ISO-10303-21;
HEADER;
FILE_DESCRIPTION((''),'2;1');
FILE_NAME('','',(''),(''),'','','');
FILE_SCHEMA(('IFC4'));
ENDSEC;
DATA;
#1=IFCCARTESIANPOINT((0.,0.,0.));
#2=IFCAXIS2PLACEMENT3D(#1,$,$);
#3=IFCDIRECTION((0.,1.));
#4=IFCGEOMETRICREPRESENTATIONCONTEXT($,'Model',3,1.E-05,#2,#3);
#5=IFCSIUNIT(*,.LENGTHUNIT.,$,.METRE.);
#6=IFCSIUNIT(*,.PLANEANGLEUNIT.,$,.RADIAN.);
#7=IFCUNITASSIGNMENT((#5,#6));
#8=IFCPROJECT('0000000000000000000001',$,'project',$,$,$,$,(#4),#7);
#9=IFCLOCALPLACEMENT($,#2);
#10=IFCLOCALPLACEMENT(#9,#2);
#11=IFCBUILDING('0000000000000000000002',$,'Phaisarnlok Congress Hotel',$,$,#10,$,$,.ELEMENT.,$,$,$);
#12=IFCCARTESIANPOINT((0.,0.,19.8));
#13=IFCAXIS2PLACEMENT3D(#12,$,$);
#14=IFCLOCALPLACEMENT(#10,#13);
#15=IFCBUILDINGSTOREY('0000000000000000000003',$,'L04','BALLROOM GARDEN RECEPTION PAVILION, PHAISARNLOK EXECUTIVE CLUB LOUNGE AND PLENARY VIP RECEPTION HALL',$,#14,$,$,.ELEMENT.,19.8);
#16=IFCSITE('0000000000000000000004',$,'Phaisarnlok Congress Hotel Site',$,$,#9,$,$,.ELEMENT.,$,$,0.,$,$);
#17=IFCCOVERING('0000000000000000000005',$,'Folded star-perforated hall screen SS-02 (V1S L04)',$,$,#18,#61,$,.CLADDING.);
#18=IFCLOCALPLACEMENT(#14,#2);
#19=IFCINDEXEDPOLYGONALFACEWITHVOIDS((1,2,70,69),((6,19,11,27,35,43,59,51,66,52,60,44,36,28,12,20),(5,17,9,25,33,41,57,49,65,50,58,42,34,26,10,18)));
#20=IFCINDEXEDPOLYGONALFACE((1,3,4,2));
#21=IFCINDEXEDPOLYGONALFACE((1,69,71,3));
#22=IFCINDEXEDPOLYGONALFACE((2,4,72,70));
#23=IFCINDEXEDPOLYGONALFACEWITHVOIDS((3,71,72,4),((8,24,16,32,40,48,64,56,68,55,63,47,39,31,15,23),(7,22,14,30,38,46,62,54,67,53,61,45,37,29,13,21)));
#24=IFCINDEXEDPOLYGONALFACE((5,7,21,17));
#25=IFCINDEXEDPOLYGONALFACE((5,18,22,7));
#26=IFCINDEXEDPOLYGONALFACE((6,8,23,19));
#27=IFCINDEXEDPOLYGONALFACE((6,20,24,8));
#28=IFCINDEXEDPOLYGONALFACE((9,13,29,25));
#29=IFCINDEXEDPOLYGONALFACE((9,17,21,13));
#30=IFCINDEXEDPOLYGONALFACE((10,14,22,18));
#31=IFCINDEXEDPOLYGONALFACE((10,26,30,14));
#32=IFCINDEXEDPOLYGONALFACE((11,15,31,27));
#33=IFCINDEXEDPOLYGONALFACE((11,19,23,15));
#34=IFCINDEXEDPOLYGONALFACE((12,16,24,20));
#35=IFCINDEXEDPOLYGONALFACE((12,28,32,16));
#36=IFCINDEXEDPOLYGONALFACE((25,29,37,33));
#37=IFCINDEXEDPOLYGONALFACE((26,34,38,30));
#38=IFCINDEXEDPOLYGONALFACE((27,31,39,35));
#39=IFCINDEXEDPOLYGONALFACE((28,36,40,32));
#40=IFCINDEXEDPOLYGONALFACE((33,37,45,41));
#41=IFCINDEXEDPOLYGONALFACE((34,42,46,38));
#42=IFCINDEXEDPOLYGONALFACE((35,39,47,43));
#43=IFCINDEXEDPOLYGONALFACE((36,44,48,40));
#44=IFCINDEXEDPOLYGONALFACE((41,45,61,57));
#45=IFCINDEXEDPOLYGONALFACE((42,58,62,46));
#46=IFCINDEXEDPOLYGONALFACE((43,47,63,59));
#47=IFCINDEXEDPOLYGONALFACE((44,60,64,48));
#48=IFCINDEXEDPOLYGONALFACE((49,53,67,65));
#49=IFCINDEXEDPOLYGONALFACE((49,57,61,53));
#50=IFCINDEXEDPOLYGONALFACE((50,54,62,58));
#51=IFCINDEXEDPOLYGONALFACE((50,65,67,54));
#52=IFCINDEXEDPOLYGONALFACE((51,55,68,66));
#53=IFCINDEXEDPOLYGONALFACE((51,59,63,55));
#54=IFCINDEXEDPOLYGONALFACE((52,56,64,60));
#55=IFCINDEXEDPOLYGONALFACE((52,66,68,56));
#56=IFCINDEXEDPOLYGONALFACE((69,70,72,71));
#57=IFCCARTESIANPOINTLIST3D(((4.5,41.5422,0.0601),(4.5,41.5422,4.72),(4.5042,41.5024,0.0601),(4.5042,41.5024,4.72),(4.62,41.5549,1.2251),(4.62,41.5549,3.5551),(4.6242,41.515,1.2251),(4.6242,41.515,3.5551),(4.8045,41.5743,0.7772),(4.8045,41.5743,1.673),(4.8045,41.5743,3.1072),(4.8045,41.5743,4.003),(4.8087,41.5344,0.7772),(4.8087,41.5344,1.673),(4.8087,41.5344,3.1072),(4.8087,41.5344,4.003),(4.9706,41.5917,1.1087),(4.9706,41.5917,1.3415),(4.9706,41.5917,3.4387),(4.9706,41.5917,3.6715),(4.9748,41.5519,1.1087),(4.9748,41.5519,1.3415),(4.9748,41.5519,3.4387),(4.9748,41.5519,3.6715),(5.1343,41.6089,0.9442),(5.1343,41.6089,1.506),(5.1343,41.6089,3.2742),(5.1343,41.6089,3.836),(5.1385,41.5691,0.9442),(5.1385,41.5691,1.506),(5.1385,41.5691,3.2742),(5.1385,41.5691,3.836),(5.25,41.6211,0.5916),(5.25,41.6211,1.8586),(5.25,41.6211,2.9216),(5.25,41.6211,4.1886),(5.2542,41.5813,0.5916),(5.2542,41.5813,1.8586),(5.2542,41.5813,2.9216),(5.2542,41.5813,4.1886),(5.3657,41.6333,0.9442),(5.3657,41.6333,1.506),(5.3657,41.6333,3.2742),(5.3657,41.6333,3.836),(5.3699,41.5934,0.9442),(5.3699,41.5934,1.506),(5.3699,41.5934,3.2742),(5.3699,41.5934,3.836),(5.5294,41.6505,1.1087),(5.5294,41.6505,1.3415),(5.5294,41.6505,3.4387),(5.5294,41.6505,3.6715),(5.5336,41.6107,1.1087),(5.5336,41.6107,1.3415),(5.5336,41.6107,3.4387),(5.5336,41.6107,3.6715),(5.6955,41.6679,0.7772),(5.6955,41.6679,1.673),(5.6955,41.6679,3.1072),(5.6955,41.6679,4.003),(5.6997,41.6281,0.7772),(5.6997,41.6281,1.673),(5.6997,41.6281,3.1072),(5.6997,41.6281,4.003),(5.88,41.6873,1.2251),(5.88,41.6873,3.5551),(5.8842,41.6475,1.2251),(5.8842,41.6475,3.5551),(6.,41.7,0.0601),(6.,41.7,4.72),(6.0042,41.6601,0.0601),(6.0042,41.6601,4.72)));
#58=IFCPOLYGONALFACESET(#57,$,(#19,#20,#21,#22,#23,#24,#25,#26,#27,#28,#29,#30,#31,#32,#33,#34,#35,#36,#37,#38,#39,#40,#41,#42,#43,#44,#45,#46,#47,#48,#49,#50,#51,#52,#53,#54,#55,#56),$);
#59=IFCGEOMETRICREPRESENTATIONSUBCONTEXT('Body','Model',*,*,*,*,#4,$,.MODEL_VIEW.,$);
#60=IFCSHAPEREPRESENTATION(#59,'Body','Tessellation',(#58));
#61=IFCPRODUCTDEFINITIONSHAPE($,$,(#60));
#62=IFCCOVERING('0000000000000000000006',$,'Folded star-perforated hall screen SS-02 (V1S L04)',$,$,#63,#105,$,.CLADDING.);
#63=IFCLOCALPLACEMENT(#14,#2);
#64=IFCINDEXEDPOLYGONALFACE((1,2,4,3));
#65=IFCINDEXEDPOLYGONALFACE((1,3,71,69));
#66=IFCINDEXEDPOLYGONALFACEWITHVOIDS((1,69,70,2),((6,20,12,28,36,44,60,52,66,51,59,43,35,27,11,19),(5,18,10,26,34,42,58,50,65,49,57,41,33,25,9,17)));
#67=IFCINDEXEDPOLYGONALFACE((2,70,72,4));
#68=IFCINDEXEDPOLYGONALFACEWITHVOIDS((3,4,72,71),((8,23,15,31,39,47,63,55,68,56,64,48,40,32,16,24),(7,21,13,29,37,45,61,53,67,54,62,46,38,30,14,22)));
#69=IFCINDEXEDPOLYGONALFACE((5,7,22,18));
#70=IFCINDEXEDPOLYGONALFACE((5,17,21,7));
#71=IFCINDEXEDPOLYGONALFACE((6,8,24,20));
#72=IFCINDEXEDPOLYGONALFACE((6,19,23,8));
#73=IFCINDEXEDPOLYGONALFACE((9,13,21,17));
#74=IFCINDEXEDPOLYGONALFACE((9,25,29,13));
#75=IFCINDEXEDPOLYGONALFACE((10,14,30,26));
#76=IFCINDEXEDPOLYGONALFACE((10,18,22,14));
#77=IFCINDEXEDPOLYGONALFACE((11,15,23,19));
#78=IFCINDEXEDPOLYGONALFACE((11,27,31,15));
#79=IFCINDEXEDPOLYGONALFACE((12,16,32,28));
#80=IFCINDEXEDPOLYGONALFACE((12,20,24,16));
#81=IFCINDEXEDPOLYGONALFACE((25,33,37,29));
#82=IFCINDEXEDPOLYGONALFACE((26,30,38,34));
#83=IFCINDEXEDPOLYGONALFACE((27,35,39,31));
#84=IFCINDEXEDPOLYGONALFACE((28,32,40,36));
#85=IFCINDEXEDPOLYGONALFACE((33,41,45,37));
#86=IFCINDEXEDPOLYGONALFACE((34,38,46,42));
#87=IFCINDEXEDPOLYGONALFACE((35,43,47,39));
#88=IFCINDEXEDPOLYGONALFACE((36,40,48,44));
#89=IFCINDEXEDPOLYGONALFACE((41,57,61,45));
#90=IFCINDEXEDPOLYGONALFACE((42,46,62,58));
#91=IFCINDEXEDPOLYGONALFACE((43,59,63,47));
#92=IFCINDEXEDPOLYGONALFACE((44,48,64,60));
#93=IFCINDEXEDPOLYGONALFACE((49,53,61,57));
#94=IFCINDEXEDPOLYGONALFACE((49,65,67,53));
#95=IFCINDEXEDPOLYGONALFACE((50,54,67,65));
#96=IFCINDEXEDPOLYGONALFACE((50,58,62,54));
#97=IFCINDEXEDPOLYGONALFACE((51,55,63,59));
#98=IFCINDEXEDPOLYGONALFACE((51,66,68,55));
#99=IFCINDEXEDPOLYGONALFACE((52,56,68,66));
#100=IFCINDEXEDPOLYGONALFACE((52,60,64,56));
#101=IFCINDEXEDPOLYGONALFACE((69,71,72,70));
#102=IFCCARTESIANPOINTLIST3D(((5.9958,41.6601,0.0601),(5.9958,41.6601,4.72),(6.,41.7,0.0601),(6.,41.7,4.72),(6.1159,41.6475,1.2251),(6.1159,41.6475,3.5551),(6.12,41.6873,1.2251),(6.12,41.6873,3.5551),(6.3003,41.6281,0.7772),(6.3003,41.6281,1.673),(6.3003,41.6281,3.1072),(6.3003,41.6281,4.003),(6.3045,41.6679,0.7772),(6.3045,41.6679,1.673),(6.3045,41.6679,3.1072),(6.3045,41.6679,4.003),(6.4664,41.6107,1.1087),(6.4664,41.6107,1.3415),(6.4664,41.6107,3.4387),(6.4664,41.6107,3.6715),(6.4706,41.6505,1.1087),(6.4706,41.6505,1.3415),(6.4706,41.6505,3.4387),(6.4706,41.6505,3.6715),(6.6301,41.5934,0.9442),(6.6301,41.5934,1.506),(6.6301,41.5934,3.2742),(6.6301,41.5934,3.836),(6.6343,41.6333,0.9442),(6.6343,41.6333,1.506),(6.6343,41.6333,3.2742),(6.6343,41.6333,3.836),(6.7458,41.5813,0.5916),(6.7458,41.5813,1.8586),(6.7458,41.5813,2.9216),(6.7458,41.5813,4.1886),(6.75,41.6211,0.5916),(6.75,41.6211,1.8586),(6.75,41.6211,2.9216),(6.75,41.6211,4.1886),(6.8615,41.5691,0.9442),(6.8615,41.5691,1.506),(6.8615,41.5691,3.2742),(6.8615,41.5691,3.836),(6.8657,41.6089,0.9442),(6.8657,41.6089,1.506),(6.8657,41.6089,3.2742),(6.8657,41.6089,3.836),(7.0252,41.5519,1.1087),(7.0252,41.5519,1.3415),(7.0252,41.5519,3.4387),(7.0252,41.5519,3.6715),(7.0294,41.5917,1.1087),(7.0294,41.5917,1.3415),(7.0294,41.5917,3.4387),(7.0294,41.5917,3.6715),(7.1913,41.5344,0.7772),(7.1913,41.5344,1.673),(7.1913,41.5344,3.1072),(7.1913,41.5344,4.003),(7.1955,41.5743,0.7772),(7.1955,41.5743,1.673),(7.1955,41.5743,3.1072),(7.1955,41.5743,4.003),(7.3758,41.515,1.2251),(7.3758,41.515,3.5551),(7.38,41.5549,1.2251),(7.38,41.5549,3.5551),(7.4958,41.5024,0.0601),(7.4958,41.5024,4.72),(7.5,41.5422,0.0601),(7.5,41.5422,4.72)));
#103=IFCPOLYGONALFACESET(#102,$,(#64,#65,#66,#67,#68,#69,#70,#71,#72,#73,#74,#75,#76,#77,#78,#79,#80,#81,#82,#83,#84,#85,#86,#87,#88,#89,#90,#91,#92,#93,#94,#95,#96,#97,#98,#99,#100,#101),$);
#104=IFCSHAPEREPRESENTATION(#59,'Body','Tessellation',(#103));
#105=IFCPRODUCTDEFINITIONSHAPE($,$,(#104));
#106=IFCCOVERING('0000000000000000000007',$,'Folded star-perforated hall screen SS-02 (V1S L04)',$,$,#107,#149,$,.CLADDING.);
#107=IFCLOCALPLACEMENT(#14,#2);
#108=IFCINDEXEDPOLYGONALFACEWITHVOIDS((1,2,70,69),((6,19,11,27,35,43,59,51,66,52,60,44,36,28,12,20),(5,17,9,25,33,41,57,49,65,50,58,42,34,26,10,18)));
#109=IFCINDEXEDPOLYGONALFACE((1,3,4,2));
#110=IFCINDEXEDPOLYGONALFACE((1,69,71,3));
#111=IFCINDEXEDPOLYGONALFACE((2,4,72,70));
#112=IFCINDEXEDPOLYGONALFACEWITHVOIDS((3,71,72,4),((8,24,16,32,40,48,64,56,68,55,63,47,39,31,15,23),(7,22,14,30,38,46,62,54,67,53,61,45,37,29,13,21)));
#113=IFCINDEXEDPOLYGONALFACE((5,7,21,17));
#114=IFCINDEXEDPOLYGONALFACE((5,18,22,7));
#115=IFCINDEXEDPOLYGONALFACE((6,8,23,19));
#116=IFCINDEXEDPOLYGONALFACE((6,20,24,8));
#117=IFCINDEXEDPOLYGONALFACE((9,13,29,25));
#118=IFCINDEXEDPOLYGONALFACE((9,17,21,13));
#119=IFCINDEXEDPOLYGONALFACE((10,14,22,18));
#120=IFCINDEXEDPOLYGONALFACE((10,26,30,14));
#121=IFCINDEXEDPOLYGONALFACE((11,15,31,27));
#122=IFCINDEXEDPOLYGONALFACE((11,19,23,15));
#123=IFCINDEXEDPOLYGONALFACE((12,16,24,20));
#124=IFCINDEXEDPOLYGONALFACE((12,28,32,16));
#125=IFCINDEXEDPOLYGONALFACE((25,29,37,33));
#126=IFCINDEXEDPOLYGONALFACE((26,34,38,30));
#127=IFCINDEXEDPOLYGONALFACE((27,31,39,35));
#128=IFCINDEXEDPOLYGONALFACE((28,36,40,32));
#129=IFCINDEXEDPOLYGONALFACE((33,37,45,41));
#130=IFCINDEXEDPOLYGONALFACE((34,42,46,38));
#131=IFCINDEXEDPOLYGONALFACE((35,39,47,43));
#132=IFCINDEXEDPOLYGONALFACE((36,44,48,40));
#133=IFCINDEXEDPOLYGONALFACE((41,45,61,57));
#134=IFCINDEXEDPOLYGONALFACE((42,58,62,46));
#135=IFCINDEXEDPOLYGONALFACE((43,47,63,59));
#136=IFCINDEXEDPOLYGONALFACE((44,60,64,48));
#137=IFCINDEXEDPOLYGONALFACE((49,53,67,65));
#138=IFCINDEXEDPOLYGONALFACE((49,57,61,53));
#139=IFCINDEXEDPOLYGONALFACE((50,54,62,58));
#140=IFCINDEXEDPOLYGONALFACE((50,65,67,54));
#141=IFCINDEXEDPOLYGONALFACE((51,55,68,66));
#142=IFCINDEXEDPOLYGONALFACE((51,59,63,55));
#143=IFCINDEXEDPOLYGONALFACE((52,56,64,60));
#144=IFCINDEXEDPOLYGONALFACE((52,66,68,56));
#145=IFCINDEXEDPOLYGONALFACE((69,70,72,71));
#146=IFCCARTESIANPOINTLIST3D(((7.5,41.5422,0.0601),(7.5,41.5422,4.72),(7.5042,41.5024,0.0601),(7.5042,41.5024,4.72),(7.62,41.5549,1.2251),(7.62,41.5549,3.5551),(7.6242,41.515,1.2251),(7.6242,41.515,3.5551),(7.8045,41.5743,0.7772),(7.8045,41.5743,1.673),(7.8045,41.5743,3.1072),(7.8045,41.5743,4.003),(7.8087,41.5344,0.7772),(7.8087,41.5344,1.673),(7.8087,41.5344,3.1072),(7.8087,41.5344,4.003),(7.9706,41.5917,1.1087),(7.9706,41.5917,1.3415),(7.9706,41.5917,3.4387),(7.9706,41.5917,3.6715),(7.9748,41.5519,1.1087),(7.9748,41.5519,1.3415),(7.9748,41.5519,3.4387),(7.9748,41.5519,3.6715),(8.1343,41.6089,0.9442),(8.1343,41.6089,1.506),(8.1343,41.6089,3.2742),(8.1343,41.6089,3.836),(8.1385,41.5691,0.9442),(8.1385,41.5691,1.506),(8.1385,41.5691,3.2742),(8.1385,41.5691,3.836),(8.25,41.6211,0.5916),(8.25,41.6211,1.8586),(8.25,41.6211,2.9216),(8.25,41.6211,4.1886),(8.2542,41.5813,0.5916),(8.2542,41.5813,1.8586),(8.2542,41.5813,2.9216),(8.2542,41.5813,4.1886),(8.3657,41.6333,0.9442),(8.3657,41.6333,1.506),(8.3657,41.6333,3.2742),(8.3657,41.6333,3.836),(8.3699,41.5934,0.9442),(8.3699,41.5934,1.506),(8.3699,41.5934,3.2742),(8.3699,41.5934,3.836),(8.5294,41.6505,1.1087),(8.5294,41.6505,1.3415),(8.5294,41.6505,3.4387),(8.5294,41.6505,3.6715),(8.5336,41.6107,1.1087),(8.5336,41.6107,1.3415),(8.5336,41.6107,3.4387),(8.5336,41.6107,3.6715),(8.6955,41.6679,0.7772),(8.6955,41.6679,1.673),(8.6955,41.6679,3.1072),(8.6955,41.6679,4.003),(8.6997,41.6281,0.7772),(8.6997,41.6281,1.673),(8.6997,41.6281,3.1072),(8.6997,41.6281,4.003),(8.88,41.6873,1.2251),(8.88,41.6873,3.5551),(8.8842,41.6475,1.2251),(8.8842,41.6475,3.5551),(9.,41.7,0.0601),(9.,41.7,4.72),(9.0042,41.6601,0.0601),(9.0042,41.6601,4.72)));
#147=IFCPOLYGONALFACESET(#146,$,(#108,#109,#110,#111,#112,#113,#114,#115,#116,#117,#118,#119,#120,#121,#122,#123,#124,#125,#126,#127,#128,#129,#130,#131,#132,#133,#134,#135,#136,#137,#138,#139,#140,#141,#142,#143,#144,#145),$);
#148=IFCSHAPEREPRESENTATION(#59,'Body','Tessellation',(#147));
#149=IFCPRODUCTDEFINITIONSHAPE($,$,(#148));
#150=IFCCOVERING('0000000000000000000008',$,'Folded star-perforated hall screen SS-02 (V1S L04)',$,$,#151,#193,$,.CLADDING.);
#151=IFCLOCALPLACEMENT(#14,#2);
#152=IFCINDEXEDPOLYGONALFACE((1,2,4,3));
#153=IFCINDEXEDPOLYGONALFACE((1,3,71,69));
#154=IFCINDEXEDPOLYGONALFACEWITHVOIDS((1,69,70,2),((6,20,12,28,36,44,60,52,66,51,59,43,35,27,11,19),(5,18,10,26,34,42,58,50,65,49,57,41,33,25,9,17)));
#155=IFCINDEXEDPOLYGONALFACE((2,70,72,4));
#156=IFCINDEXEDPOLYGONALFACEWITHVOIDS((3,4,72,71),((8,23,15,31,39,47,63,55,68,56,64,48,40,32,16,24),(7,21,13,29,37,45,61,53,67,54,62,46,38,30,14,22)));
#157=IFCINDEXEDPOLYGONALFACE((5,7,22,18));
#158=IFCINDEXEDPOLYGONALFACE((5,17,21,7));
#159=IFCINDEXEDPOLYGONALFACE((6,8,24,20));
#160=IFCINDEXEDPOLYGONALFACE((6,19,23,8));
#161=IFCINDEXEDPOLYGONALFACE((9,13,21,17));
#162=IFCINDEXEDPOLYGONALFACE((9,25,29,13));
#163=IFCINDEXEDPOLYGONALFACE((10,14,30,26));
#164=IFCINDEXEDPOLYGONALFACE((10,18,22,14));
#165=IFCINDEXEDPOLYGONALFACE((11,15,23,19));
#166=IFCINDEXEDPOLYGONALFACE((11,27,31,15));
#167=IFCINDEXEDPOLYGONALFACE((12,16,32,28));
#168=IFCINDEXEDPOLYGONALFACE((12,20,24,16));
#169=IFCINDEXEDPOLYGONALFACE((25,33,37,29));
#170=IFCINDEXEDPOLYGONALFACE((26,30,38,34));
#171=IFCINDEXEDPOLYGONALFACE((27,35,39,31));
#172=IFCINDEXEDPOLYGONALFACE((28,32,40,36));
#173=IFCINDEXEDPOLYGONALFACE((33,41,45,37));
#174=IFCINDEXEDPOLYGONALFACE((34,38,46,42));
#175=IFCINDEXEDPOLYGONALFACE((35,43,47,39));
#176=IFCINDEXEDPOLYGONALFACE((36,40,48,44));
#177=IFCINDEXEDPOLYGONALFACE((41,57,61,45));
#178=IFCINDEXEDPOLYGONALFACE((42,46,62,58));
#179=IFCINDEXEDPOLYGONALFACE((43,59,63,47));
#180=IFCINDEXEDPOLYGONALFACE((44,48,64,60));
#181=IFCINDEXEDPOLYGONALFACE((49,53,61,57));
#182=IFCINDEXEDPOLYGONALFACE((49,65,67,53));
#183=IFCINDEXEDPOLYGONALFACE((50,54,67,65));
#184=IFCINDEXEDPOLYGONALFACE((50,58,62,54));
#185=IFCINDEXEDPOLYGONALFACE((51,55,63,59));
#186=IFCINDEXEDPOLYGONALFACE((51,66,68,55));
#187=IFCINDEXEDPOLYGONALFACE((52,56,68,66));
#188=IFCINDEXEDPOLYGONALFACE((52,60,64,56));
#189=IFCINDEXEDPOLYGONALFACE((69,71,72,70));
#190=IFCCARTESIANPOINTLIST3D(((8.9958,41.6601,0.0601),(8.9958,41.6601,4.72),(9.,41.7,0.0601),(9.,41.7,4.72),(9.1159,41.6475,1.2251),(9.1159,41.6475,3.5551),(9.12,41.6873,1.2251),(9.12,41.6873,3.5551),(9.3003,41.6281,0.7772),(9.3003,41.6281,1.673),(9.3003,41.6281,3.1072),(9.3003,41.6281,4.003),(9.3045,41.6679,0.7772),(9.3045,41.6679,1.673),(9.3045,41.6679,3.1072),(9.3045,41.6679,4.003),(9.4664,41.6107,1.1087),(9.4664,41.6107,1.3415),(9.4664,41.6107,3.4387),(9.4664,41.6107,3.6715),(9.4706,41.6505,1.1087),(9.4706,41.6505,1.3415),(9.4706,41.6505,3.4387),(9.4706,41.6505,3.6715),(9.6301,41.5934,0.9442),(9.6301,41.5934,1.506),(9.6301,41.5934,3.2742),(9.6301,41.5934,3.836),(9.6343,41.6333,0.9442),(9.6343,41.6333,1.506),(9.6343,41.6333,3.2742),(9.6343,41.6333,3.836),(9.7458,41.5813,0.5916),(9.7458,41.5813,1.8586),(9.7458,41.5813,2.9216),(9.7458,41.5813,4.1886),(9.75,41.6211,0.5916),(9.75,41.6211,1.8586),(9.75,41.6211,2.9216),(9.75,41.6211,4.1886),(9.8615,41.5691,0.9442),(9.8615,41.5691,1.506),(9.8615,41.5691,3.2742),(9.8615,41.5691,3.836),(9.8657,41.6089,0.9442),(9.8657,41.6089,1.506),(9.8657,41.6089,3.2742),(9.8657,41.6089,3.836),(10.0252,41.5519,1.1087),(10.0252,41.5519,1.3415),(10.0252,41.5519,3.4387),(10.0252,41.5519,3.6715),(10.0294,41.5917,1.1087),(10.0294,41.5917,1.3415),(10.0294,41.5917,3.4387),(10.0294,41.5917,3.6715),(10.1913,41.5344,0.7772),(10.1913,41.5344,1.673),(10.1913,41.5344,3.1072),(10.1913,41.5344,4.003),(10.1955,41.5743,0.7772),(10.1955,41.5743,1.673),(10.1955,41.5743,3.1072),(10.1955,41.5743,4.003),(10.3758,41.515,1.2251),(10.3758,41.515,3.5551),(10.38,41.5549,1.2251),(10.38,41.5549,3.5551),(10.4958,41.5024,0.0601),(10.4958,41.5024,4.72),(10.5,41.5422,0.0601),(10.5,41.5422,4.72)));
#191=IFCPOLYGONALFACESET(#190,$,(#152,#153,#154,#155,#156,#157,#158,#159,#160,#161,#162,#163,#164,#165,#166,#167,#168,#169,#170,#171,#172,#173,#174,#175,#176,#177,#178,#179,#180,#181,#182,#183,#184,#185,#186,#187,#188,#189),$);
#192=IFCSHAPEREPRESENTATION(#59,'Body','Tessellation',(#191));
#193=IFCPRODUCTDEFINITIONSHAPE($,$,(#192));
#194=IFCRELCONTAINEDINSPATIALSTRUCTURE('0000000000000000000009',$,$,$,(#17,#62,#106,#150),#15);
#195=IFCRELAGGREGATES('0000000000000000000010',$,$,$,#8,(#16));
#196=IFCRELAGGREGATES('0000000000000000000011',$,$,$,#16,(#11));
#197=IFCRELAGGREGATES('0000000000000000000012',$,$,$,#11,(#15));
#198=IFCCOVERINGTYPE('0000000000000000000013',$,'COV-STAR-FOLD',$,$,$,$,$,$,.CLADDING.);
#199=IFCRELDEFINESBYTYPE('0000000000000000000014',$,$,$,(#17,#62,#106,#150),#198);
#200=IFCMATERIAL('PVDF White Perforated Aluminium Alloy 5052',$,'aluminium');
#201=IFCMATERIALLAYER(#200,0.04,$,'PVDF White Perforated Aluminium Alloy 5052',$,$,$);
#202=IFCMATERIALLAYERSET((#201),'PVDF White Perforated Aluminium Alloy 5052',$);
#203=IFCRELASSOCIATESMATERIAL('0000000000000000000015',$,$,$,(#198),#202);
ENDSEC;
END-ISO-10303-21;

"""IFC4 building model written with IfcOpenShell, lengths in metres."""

from ifc_helpers import new_model, si_unit, direction, frame, origin, place, context, subcontext, project, spatial, polyline, outline, extrude, material, layer, layer_set, type_object, element, save


model = new_model("IFC4")

# Units and contexts
model_context = context("Model", 3, precision=1e-05, world=origin(), true_north=direction((0.0, 1.0)))
body_context = subcontext(model_context, "Body", "Model", "MODEL_VIEW")
ifc_project = project(units=[si_unit("LENGTHUNIT", "METRE"), si_unit("PLANEANGLEUNIT", "RADIAN")], contexts=[model_context])

# Site, building, storey
site_placement = place(None, origin())
site = spatial("IfcSite", under=ifc_project, at=site_placement, Name="Phaisarnlok Congress Hotel Site", CompositionType="ELEMENT", RefElevation=0.0)
building_placement = place(site_placement, origin())
building = spatial("IfcBuilding", under=site, at=building_placement, Name="Phaisarnlok Congress Hotel", CompositionType="ELEMENT")
storey_placement = place(building_placement, frame((0.0, 0.0, 19.8)))
storey = spatial("IfcBuildingStorey", under=building, at=storey_placement, Name="L04", Description="BALLROOM GARDEN RECEPTION PAVILION, PHAISARNLOK EXECUTIVE CLUB LOUNGE AND PLENARY VIP RECEPTION HALL", CompositionType="ELEMENT", Elevation=19.8)

# Coverings
ifc_material_1 = material(Name="PVDF White Perforated Aluminium Alloy 5052", Category="aluminium")
ifc_layer_1 = layer(ifc_material_1, 0.04, Name="PVDF White Perforated Aluminium Alloy 5052")
ifc_layer_set_1 = layer_set([ifc_layer_1], Name="PVDF White Perforated Aluminium Alloy 5052")
covering_type_1 = type_object("IfcCoveringType", Name="COV-STAR-FOLD", PredefinedType="CLADDING", material=ifc_layer_set_1)
for number, where, z_axis, x_axis, name in (
    (1, (4.5, 41.5422, 0.0601), (0.104567, -0.994518, 0.0), (0.994518, 0.104567, 0.0), "Folded star-perforated hall screen SS-02 (V1S L04)"),
    (2, (6.0, 41.7, 0.0601), (-0.104567, -0.994518, 0.0), (0.994518, -0.104567, 0.0), "Folded star-perforated hall screen SS-02 (V1S L04)"),
    (3, (7.5, 41.5422, 0.0601), (0.104567, -0.994518, 0.0), (0.994518, 0.104567, 0.0), "Folded star-perforated hall screen SS-02 (V1S L04)"),
    (4, (9.0, 41.7, 0.0601), (-0.104567, -0.994518, 0.0), (0.994518, -0.104567, 0.0), "Folded star-perforated hall screen SS-02 (V1S L04)"),
):
    element("IfcCovering", number, at=place(storey_placement, frame(where, z_axis=z_axis, x_axis=x_axis)), inside=storey, type_object=covering_type_1, Name=name, PredefinedType="CLADDING", context=body_context, shape_type="SweptSolid", body=[
        extrude(outline(polyline([(0.0, 0.0), (1.5083, 0.0), (1.5083, 4.6599), (0.0, 4.6599), (0.0, 0.0)]), holes=[polyline([(1.0351, 1.0486), (1.2021, 0.7171), (0.8705, 0.8841), (0.7541, 0.5315), (0.6378, 0.8841), (0.3062, 0.7171), (0.4732, 1.0486), (0.1207, 1.165), (0.4732, 1.2814), (0.3062, 1.6129), (0.6378, 1.4459), (0.7541, 1.7985), (0.8705, 1.4459), (1.2021, 1.6129), (1.0351, 1.2814), (1.3876, 1.165), (1.0351, 1.0486)]), polyline([(1.0351, 3.3786), (1.2021, 3.0471), (0.8705, 3.2141), (0.7541, 2.8615), (0.6378, 3.2141), (0.3062, 3.0471), (0.4732, 3.3786), (0.1207, 3.495), (0.4732, 3.6114), (0.3062, 3.9429), (0.6378, 3.7759), (0.7541, 4.1285), (0.8705, 3.7759), (1.2021, 3.9429), (1.0351, 3.6114), (1.3876, 3.495), (1.0351, 3.3786)])]), origin(), (0.0, 0.0, 1.0), 0.04),
    ])

save(model, "model.ifc")
